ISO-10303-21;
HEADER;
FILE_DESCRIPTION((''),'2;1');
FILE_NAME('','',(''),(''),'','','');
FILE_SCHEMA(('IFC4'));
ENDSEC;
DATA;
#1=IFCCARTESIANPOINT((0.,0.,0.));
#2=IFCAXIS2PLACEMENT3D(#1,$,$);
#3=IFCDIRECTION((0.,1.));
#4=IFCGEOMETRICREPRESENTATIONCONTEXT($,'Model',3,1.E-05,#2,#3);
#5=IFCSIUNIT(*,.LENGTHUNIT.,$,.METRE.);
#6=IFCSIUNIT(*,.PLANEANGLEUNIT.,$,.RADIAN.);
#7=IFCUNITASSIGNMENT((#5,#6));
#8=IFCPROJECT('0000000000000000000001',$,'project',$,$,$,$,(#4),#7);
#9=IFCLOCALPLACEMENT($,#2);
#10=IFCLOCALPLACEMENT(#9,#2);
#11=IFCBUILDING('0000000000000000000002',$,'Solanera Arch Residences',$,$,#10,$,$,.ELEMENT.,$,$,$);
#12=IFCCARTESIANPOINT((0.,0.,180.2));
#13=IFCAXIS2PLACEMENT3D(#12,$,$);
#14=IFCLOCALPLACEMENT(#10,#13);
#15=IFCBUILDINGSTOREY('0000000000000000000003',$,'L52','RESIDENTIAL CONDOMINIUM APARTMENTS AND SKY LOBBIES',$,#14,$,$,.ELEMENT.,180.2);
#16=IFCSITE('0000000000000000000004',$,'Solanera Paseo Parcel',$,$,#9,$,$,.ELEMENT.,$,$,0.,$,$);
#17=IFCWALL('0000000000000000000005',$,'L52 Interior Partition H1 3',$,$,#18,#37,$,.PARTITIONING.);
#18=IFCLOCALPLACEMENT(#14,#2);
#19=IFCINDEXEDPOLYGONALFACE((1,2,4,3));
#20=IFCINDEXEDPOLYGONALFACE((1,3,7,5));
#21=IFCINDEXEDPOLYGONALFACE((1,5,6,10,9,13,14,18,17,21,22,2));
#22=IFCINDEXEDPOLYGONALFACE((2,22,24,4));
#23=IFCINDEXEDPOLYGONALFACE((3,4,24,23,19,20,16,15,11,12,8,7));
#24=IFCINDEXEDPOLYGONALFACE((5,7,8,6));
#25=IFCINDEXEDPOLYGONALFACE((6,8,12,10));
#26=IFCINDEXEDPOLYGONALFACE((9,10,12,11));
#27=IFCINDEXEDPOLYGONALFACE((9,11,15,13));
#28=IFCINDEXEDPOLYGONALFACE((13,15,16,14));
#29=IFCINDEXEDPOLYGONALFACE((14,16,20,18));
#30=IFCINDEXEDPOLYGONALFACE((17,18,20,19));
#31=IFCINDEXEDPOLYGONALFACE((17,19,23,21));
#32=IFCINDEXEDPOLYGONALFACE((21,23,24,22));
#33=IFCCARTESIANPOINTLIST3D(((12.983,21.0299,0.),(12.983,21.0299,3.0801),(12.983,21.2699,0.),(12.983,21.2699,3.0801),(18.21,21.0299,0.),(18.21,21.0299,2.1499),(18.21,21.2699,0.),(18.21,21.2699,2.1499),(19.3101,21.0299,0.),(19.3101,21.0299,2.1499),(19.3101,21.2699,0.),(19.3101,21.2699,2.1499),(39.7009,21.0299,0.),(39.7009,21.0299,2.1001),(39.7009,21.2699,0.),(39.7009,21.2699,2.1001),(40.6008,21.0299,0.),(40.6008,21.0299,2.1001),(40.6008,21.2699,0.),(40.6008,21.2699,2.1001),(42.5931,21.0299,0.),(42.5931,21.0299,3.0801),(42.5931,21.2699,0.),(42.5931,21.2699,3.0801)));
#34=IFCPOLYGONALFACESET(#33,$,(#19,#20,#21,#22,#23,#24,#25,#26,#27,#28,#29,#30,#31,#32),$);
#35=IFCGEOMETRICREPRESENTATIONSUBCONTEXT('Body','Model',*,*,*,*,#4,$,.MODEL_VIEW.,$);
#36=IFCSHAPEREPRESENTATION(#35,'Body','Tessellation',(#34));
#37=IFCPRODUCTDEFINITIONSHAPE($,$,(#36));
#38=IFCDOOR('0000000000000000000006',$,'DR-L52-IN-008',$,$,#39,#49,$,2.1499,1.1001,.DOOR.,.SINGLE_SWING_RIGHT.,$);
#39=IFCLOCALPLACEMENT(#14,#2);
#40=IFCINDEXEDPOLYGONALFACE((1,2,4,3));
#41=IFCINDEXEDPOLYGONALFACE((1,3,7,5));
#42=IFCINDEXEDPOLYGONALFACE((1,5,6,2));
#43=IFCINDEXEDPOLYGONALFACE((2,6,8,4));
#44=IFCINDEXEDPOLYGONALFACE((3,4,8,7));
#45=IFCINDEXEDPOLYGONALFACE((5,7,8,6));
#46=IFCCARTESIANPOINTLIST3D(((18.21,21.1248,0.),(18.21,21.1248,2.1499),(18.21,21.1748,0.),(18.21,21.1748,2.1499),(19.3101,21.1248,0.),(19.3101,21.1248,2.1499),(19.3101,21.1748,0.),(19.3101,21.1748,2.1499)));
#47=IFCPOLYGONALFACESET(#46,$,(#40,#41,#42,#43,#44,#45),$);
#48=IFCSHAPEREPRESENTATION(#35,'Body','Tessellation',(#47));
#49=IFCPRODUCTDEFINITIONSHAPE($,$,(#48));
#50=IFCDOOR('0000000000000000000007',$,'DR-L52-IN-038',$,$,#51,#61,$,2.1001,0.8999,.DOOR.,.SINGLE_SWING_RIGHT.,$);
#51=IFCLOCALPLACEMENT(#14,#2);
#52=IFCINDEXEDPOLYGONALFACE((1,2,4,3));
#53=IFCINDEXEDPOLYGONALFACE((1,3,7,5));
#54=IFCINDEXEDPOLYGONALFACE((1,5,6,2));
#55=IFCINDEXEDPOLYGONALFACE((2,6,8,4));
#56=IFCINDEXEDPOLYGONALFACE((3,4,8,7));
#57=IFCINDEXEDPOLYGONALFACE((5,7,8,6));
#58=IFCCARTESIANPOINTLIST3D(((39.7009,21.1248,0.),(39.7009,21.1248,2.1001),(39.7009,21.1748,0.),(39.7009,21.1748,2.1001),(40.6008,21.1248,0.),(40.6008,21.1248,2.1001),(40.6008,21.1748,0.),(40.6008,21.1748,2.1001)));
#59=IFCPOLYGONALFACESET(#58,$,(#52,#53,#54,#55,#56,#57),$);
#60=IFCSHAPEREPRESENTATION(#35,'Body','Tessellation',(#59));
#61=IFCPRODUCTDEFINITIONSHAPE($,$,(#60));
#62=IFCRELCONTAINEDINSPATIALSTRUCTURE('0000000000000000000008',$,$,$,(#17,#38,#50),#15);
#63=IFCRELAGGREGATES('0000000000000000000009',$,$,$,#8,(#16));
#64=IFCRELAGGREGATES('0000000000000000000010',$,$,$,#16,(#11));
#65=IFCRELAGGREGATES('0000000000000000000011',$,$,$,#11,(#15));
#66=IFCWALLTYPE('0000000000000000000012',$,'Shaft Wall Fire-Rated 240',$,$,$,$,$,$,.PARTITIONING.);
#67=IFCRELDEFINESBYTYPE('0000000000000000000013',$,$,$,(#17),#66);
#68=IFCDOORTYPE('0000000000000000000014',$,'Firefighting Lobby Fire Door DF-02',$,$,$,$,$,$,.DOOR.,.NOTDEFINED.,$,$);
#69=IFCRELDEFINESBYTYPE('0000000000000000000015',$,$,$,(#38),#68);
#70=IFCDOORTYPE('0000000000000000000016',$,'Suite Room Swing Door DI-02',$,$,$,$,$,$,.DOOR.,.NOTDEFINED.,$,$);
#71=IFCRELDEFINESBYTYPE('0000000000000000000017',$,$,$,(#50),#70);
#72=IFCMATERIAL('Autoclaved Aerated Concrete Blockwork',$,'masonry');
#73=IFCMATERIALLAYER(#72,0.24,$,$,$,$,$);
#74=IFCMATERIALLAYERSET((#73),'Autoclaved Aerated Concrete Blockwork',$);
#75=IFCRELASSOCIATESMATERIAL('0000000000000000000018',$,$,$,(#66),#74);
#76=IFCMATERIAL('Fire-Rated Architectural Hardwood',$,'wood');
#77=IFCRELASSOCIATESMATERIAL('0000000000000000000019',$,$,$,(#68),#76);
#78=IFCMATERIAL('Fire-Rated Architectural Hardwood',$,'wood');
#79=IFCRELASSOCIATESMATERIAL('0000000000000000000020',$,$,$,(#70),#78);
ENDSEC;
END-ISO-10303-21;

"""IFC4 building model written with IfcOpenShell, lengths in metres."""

from ifc_helpers import new_model, si_unit, direction, frame, frame_2d, origin, place, context, subcontext, project, spatial, rectangle, extrude, material, layer, layer_set, type_object, element, fill, save


model = new_model("IFC4")

# Units and contexts
model_context = context("Model", 3, precision=1e-05, world=origin(), true_north=direction((0.0, 1.0)))
body_context = subcontext(model_context, "Body", "Model", "MODEL_VIEW")
ifc_project = project(units=[si_unit("LENGTHUNIT", "METRE"), si_unit("PLANEANGLEUNIT", "RADIAN")], contexts=[model_context])

# Site, building, storey
site_placement = place(None, origin())
site = spatial("IfcSite", under=ifc_project, at=site_placement, Name="Solanera Paseo Parcel", CompositionType="ELEMENT", RefElevation=0.0)
building_placement = place(site_placement, origin())
building = spatial("IfcBuilding", under=site, at=building_placement, Name="Solanera Arch Residences", CompositionType="ELEMENT")
storey_placement = place(building_placement, frame((0.0, 0.0, 180.2)))
storey = spatial("IfcBuildingStorey", under=building, at=storey_placement, Name="L52", Description="RESIDENTIAL CONDOMINIUM APARTMENTS AND SKY LOBBIES", CompositionType="ELEMENT", Elevation=180.2)

# Wall, openings, doors
ifc_material_1 = material(Name="Autoclaved Aerated Concrete Blockwork", Category="masonry")
ifc_layer_1 = layer(ifc_material_1, 0.24)
ifc_layer_set_1 = layer_set([ifc_layer_1], Name="Autoclaved Aerated Concrete Blockwork")
wall_type_1 = type_object("IfcWallType", Name="Shaft Wall Fire-Rated 240", PredefinedType="PARTITIONING", material=ifc_layer_set_1)
wall_1_placement = place(storey_placement, frame((12.9829, 21.1499, 0.0), z_axis=(0.0, 0.0, 1.0), x_axis=(1.0, 0.0, 0.0)))
wall_1 = element("IfcWall", 1, at=wall_1_placement, inside=storey, type_object=wall_type_1, Name="L52 Interior Partition H1 3", PredefinedType="PARTITIONING", context=body_context, shape_type="SweptSolid", body=[
    extrude(rectangle(XDim=29.6101, YDim=0.24, at=frame_2d((14.8052, 0.0))), origin(), (0.0, 0.0, 1.0), 3.0801),
])
opening_1_placement = place(wall_1_placement, frame((5.2271, 0.0, 0.0)))
opening_1 = element("IfcOpeningElement", 2, at=opening_1_placement, cuts=wall_1, PredefinedType="OPENING", context=body_context, shape_type="SweptSolid", body=[
    extrude(rectangle(XDim=1.1001, YDim=2.1499, at=frame_2d((0.55, 1.075))), frame((0.0, 0.1299, 0.0), z_axis=(0.0, -1.0, 0.0), x_axis=(1.0, 0.0, 0.0)), (0.0, 0.0, 1.0), 0.26),
])
opening_2_placement = place(wall_1_placement, frame((26.718, 0.0, 0.0)))
opening_2 = element("IfcOpeningElement", 3, at=opening_2_placement, cuts=wall_1, PredefinedType="OPENING", context=body_context, shape_type="SweptSolid", body=[
    extrude(rectangle(XDim=0.8999, YDim=2.1001, at=frame_2d((0.45, 1.05))), frame((0.0, 0.1299, 0.0), z_axis=(0.0, -1.0, 0.0), x_axis=(1.0, 0.0, 0.0)), (0.0, 0.0, 1.0), 0.26),
])
ifc_material_2 = material(Name="Fire-Rated Architectural Hardwood", Category="wood")
door_type_1 = type_object("IfcDoorType", Name="Firefighting Lobby Fire Door DF-02", OperationType="NOTDEFINED", PredefinedType="DOOR", material=ifc_material_2)
door_1_placement = place(opening_1_placement, origin())
door_1 = element("IfcDoor", 4, at=door_1_placement, inside=storey, type_object=door_type_1, Name="DR-L52-IN-008", OperationType="SINGLE_SWING_RIGHT", OverallHeight=2.1499, OverallWidth=1.1001, PredefinedType="DOOR", context=body_context, shape_type="SweptSolid", body=[
    extrude(rectangle(XDim=1.1001, YDim=2.1499, at=frame_2d((0.55, 1.075))), frame((0.0, 0.0249, 0.0), z_axis=(0.0, -1.0, 0.0), x_axis=(1.0, 0.0, 0.0)), (0.0, 0.0, 1.0), 0.05),
])
fill(opening_1, door_1)
ifc_material_3 = material(Name="Fire-Rated Architectural Hardwood", Category="wood")
door_type_2 = type_object("IfcDoorType", Name="Suite Room Swing Door DI-02", OperationType="NOTDEFINED", PredefinedType="DOOR", material=ifc_material_3)
door_2_placement = place(opening_2_placement, origin())
door_2 = element("IfcDoor", 5, at=door_2_placement, inside=storey, type_object=door_type_2, Name="DR-L52-IN-038", OperationType="SINGLE_SWING_RIGHT", OverallHeight=2.1001, OverallWidth=0.8999, PredefinedType="DOOR", context=body_context, shape_type="SweptSolid", body=[
    extrude(rectangle(XDim=0.8999, YDim=2.1001, at=frame_2d((0.45, 1.05))), frame((0.0, 0.0249, 0.0), z_axis=(0.0, -1.0, 0.0), x_axis=(1.0, 0.0, 0.0)), (0.0, 0.0, 1.0), 0.05),
])
fill(opening_2, door_2)

save(model, "model.ifc")
